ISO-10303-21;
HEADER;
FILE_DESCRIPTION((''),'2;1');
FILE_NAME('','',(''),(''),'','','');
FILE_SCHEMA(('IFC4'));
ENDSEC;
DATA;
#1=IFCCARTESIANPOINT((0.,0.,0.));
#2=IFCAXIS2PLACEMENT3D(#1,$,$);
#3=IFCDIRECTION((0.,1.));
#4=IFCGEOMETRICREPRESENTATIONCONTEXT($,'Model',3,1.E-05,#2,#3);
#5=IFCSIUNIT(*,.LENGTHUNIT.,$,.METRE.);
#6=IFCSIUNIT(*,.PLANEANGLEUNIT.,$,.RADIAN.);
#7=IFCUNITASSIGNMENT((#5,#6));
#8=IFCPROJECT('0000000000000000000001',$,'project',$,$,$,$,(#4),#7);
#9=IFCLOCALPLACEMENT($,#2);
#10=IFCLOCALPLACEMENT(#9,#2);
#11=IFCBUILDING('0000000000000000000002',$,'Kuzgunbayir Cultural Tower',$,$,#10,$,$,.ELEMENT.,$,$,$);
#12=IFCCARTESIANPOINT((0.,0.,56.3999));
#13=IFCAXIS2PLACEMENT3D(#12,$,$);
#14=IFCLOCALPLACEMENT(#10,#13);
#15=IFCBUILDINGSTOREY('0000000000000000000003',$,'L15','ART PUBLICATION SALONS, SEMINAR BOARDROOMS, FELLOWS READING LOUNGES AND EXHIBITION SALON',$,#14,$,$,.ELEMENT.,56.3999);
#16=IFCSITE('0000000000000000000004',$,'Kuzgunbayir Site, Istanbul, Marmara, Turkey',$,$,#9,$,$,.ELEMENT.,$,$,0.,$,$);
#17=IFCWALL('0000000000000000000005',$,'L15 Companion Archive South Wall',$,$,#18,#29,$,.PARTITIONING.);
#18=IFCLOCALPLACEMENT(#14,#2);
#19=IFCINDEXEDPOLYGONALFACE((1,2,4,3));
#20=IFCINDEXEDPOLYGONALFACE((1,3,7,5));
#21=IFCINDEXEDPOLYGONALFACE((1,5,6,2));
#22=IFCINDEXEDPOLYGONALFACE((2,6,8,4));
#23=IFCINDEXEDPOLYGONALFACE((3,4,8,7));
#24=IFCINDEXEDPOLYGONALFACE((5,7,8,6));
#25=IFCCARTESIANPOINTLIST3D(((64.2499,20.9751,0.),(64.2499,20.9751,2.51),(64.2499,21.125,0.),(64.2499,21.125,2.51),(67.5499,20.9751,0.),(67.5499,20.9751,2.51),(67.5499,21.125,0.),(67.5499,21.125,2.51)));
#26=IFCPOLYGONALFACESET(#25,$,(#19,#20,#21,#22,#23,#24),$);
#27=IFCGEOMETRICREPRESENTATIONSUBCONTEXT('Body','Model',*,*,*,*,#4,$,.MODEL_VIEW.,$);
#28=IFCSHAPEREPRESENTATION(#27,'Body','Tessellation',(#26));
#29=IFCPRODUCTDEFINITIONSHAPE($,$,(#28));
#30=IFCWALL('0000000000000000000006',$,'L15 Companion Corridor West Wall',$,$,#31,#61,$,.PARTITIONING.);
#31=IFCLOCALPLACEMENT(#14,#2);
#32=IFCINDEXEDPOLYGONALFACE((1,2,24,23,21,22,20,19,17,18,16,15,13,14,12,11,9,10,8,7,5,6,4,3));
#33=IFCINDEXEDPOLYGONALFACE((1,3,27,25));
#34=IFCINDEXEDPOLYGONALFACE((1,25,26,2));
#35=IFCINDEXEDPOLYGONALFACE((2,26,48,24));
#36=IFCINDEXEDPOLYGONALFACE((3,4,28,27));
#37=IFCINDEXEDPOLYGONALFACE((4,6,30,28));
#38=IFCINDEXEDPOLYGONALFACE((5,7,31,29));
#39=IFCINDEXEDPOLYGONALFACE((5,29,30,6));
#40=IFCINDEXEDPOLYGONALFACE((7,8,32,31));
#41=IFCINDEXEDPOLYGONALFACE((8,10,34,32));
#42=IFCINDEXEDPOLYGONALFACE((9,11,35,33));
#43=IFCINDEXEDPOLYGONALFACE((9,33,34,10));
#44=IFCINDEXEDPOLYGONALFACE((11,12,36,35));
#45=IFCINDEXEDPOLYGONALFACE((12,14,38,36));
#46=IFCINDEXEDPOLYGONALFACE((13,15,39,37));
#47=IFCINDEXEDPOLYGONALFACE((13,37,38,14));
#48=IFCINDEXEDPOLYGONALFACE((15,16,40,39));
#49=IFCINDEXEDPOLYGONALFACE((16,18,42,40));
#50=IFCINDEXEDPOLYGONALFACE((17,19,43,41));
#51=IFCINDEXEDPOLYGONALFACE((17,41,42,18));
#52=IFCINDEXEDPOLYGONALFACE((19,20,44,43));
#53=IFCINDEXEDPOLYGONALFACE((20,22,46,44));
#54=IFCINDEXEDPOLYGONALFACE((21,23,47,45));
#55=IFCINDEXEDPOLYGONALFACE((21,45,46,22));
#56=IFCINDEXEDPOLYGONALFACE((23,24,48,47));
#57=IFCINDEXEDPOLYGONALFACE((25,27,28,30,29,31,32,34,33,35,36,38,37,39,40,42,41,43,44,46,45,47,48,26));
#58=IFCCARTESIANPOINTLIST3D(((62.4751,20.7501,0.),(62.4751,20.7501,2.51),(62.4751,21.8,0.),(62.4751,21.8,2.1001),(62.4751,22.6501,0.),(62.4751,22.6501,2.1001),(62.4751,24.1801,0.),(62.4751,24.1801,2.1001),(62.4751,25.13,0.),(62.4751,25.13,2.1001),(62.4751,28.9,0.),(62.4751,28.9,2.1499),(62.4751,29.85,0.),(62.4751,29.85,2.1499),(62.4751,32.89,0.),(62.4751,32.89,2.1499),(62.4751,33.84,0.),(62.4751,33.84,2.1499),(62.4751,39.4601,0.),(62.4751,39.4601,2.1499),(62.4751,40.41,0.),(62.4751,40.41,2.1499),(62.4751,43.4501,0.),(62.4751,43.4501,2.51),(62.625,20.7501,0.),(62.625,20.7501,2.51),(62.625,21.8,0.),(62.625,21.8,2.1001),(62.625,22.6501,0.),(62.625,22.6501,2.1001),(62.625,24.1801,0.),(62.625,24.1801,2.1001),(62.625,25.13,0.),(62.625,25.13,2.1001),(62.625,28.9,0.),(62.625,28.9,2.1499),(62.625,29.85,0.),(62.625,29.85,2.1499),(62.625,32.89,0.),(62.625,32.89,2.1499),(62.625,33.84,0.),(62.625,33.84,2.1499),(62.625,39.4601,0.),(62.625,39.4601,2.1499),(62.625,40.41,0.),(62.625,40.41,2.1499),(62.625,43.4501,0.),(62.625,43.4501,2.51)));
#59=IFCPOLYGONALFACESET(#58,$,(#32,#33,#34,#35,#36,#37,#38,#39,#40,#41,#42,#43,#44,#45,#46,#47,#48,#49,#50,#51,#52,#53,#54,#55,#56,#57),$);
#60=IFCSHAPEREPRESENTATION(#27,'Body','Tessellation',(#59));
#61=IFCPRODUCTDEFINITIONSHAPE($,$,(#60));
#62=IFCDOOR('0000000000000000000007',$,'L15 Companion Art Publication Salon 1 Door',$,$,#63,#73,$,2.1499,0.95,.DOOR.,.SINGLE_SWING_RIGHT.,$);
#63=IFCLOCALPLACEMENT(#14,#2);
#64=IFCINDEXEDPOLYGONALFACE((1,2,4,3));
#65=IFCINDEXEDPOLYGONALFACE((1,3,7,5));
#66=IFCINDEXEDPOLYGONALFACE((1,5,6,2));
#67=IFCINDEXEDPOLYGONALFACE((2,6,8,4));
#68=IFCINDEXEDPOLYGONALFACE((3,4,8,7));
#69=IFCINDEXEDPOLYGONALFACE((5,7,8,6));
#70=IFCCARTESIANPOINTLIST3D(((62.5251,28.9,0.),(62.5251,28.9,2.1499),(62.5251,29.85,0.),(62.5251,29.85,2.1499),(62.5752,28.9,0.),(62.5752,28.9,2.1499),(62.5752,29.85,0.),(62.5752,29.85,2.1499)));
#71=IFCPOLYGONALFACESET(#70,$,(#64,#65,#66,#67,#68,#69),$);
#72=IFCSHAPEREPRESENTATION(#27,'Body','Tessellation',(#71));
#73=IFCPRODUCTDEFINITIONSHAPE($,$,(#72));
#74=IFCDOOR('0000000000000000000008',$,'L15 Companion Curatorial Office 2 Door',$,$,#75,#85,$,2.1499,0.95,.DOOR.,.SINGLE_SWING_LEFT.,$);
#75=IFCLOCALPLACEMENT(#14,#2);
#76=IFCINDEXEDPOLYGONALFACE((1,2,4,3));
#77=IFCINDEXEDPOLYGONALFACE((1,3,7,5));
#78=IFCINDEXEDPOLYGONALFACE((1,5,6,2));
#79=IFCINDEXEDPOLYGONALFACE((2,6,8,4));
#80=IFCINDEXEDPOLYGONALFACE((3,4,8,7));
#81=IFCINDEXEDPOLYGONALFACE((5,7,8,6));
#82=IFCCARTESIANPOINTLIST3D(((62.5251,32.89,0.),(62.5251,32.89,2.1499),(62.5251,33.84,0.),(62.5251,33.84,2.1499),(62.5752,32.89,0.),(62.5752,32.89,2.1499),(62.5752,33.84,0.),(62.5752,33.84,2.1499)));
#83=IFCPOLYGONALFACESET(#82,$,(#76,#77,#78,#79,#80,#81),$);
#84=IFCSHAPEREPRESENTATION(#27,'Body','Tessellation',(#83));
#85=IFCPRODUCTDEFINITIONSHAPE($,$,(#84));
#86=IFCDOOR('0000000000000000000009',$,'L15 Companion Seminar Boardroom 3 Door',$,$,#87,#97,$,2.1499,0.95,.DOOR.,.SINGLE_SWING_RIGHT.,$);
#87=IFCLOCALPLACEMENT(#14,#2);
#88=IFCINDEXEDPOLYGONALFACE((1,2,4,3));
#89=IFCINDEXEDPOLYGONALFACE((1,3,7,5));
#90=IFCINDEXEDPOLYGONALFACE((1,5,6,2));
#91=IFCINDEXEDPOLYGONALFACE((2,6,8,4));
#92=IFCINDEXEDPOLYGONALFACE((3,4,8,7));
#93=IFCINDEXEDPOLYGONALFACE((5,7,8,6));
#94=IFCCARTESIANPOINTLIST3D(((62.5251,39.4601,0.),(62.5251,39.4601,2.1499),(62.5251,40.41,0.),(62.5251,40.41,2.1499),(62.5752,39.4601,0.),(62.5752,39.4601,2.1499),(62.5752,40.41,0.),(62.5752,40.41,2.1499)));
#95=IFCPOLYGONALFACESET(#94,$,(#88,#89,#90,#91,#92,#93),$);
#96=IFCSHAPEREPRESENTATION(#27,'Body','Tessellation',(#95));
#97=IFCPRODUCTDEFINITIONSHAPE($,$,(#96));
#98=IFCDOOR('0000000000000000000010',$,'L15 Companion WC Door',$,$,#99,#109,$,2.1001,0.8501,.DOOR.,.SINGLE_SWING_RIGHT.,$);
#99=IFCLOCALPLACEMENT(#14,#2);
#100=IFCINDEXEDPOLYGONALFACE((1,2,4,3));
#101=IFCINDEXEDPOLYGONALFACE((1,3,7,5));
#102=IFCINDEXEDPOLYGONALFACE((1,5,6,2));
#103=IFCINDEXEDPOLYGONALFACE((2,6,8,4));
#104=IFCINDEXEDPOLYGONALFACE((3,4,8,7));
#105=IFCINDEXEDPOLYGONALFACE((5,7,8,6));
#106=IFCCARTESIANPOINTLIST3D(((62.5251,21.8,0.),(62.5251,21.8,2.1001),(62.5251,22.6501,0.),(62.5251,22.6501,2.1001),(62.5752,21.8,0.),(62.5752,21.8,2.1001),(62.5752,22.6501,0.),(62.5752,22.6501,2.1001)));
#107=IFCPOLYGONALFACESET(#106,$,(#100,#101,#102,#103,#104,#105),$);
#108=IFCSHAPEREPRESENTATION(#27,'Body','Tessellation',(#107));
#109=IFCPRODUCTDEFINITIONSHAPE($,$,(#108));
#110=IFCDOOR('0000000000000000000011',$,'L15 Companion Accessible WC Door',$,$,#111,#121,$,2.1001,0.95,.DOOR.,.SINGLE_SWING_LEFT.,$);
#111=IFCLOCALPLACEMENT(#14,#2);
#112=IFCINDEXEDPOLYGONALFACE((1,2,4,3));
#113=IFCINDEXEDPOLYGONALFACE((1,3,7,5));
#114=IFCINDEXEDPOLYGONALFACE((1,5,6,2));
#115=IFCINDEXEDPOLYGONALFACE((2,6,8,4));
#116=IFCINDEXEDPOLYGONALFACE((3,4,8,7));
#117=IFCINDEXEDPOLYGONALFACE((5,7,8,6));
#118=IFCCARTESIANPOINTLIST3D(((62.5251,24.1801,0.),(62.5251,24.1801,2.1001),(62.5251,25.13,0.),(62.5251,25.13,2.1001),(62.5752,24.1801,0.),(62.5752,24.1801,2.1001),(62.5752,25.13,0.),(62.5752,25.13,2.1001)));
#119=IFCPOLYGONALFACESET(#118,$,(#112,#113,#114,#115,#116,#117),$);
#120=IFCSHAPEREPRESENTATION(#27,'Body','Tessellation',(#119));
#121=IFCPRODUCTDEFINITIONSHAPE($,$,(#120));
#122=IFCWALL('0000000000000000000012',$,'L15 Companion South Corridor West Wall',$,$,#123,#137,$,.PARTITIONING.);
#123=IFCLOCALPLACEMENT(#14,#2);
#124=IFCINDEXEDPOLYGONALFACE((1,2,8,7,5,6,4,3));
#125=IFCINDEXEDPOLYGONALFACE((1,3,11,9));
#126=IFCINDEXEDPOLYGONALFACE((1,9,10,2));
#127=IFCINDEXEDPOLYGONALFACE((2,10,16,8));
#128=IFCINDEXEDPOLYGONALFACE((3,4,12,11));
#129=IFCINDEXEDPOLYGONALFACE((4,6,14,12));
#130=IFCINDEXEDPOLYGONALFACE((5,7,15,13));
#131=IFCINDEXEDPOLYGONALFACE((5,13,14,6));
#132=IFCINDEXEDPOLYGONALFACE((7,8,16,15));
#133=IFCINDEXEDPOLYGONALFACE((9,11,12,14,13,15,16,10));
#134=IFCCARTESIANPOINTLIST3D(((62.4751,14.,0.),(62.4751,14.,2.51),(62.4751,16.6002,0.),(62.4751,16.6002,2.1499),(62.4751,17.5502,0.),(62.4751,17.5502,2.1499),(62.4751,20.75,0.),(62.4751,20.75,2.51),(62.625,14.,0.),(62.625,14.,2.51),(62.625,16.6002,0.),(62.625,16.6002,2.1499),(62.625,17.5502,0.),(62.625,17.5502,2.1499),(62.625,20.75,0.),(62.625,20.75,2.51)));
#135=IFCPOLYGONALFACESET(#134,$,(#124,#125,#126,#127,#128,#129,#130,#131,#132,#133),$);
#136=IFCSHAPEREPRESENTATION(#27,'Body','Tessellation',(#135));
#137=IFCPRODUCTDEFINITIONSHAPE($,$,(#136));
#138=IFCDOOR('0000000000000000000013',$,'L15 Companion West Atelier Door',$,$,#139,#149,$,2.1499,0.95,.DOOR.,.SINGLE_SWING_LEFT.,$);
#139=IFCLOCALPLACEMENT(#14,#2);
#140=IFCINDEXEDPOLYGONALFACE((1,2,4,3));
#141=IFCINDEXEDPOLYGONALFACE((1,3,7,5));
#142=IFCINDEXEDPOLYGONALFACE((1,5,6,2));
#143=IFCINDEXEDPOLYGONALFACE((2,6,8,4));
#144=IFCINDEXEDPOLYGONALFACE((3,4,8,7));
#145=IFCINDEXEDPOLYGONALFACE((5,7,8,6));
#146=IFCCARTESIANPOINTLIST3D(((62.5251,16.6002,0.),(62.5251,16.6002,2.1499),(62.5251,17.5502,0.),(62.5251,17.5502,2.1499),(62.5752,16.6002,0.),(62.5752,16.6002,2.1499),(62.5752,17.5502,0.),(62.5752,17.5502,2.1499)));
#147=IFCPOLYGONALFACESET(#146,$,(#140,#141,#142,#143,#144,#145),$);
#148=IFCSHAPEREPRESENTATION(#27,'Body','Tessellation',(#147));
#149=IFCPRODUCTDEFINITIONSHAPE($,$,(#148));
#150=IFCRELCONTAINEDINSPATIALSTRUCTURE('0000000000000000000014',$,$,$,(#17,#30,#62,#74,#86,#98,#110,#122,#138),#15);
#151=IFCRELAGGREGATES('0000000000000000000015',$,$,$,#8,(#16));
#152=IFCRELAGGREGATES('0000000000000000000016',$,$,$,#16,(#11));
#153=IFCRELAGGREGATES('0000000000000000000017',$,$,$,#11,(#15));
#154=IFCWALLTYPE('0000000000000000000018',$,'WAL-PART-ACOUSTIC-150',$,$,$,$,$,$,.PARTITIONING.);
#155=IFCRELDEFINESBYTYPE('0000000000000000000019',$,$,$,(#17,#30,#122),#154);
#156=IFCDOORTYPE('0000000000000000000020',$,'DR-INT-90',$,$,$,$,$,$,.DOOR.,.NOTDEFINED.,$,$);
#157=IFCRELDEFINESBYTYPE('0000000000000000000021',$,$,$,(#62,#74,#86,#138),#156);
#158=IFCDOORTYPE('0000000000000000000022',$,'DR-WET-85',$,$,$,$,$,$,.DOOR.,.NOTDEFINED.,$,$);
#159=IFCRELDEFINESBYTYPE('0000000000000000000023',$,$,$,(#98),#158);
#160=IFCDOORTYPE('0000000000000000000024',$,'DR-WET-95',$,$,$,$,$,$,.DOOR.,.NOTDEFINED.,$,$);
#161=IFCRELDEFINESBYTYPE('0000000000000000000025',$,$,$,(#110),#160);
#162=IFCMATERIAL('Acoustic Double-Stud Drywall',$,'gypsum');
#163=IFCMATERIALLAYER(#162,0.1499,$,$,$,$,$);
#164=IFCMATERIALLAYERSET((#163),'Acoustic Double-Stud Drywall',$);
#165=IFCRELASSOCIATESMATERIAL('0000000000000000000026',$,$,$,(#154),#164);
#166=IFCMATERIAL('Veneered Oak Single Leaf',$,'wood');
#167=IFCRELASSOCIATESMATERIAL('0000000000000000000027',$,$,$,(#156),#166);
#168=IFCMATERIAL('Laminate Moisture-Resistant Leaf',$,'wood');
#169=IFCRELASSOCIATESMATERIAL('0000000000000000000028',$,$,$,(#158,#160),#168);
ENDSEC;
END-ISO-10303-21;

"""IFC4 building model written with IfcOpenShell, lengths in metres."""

from ifc_helpers import new_model, si_unit, direction, frame, frame_2d, origin, place, context, subcontext, project, spatial, rectangle, extrude, material, layer, layer_set, type_object, element, fill, save


model = new_model("IFC4")

# Units and contexts
model_context = context("Model", 3, precision=1e-05, world=origin(), true_north=direction((0.0, 1.0)))
body_context = subcontext(model_context, "Body", "Model", "MODEL_VIEW")
ifc_project = project(units=[si_unit("LENGTHUNIT", "METRE"), si_unit("PLANEANGLEUNIT", "RADIAN")], contexts=[model_context])

# Site, building, storey
site_placement = place(None, origin())
site = spatial("IfcSite", under=ifc_project, at=site_placement, Name="Kuzgunbayir Site, Istanbul, Marmara, Turkey", CompositionType="ELEMENT", RefElevation=0.0)
building_placement = place(site_placement, origin())
building = spatial("IfcBuilding", under=site, at=building_placement, Name="Kuzgunbayir Cultural Tower", CompositionType="ELEMENT")
storey_placement = place(building_placement, frame((0.0, 0.0, 56.3999)))
storey = spatial("IfcBuildingStorey", under=building, at=storey_placement, Name="L15", Description="ART PUBLICATION SALONS, SEMINAR BOARDROOMS, FELLOWS READING LOUNGES AND EXHIBITION SALON", CompositionType="ELEMENT", Elevation=56.3999)

# Shared definitions
ifc_material_1 = material(Name="Acoustic Double-Stud Drywall", Category="gypsum")
ifc_layer_1 = layer(ifc_material_1, 0.1499)
ifc_layer_set_1 = layer_set([ifc_layer_1], Name="Acoustic Double-Stud Drywall")
wall_type_1 = type_object("IfcWallType", Name="WAL-PART-ACOUSTIC-150", PredefinedType="PARTITIONING", material=ifc_layer_set_1)
ifc_material_2 = material(Name="Veneered Oak Single Leaf", Category="wood")
door_type_1 = type_object("IfcDoorType", Name="DR-INT-90", OperationType="NOTDEFINED", PredefinedType="DOOR", material=ifc_material_2)

# Wall
wall_1_placement = place(storey_placement, frame((64.25, 21.05, 0.0), z_axis=(0.0, 0.0, 1.0), x_axis=(1.0, 0.0, 0.0)))
element("IfcWall", 1, at=wall_1_placement, inside=storey, type_object=wall_type_1, Name="L15 Companion Archive South Wall", PredefinedType="PARTITIONING", context=body_context, shape_type="SweptSolid", body=[
    extrude(rectangle(XDim=3.3, YDim=0.1499, at=frame_2d((1.6499, 0.0))), origin(), (0.0, 0.0, 1.0), 2.51),
])

# Wall, openings, doors
wall_2_placement = place(storey_placement, frame((62.55, 20.75, 0.0), z_axis=(0.0, 0.0, 1.0), x_axis=(0.0, 1.0, 0.0)))
wall_2 = element("IfcWall", 2, at=wall_2_placement, inside=storey, type_object=wall_type_1, Name="L15 Companion Corridor West Wall", PredefinedType="PARTITIONING", context=body_context, shape_type="SweptSolid", body=[
    extrude(rectangle(XDim=22.7, YDim=0.1499, at=frame_2d((11.3501, 0.0))), origin(), (0.0, 0.0, 1.0), 2.51),
])
opening_1_placement = place(wall_2_placement, frame((1.05, 0.0, 0.0)))
opening_1 = element("IfcOpeningElement", 3, at=opening_1_placement, cuts=wall_2, PredefinedType="OPENING", context=body_context, shape_type="SweptSolid", body=[
    extrude(rectangle(XDim=0.8501, YDim=2.1001, at=frame_2d((0.425, 1.05))), frame((0.0, 0.085, 0.0), z_axis=(0.0, -1.0, 0.0), x_axis=(1.0, 0.0, 0.0)), (0.0, 0.0, 1.0), 0.1699),
])
opening_2_placement = place(wall_2_placement, frame((3.4299, 0.0, 0.0)))
opening_2 = element("IfcOpeningElement", 4, at=opening_2_placement, cuts=wall_2, PredefinedType="OPENING", context=body_context, shape_type="SweptSolid", body=[
    extrude(rectangle(XDim=0.95, YDim=2.1001, at=frame_2d((0.4751, 1.05))), frame((0.0, 0.085, 0.0), z_axis=(0.0, -1.0, 0.0), x_axis=(1.0, 0.0, 0.0)), (0.0, 0.0, 1.0), 0.1699),
])
opening_3_placement = place(wall_2_placement, frame((8.1499, 0.0, 0.0)))
opening_3 = element("IfcOpeningElement", 5, at=opening_3_placement, cuts=wall_2, PredefinedType="OPENING", context=body_context, shape_type="SweptSolid", body=[
    extrude(rectangle(XDim=0.95, YDim=2.1499, at=frame_2d((0.4751, 1.075))), frame((0.0, 0.085, 0.0), z_axis=(0.0, -1.0, 0.0), x_axis=(1.0, 0.0, 0.0)), (0.0, 0.0, 1.0), 0.1699),
])
opening_4_placement = place(wall_2_placement, frame((12.1399, 0.0, 0.0)))
opening_4 = element("IfcOpeningElement", 6, at=opening_4_placement, cuts=wall_2, PredefinedType="OPENING", context=body_context, shape_type="SweptSolid", body=[
    extrude(rectangle(XDim=0.95, YDim=2.1499, at=frame_2d((0.4751, 1.075))), frame((0.0, 0.085, 0.0), z_axis=(0.0, -1.0, 0.0), x_axis=(1.0, 0.0, 0.0)), (0.0, 0.0, 1.0), 0.1699),
])
opening_5_placement = place(wall_2_placement, frame((18.71, 0.0, 0.0)))
opening_5 = element("IfcOpeningElement", 7, at=opening_5_placement, cuts=wall_2, PredefinedType="OPENING", context=body_context, shape_type="SweptSolid", body=[
    extrude(rectangle(XDim=0.95, YDim=2.1499, at=frame_2d((0.4751, 1.075))), frame((0.0, 0.085, 0.0), z_axis=(0.0, -1.0, 0.0), x_axis=(1.0, 0.0, 0.0)), (0.0, 0.0, 1.0), 0.1699),
])
door_1_placement = place(opening_3_placement, origin())
door_1 = element("IfcDoor", 8, at=door_1_placement, inside=storey, type_object=door_type_1, Name="L15 Companion Art Publication Salon 1 Door", OperationType="SINGLE_SWING_RIGHT", OverallHeight=2.1499, OverallWidth=0.95, PredefinedType="DOOR", context=body_context, shape_type="SweptSolid", body=[
    extrude(rectangle(XDim=0.95, YDim=2.1499, at=frame_2d((0.4751, 1.075))), frame((0.0, 0.0249, 0.0), z_axis=(0.0, -1.0, 0.0), x_axis=(1.0, 0.0, 0.0)), (0.0, 0.0, 1.0), 0.05),
])
fill(opening_3, door_1)
door_2_placement = place(opening_4_placement, origin())
door_2 = element("IfcDoor", 9, at=door_2_placement, inside=storey, type_object=door_type_1, Name="L15 Companion Curatorial Office 2 Door", OperationType="SINGLE_SWING_LEFT", OverallHeight=2.1499, OverallWidth=0.95, PredefinedType="DOOR", context=body_context, shape_type="SweptSolid", body=[
    extrude(rectangle(XDim=0.95, YDim=2.1499, at=frame_2d((0.4751, 1.075))), frame((0.0, 0.0249, 0.0), z_axis=(0.0, -1.0, 0.0), x_axis=(1.0, 0.0, 0.0)), (0.0, 0.0, 1.0), 0.05),
])
fill(opening_4, door_2)
door_3_placement = place(opening_5_placement, origin())
door_3 = element("IfcDoor", 10, at=door_3_placement, inside=storey, type_object=door_type_1, Name="L15 Companion Seminar Boardroom 3 Door", OperationType="SINGLE_SWING_RIGHT", OverallHeight=2.1499, OverallWidth=0.95, PredefinedType="DOOR", context=body_context, shape_type="SweptSolid", body=[
    extrude(rectangle(XDim=0.95, YDim=2.1499, at=frame_2d((0.4751, 1.075))), frame((0.0, 0.0249, 0.0), z_axis=(0.0, -1.0, 0.0), x_axis=(1.0, 0.0, 0.0)), (0.0, 0.0, 1.0), 0.05),
])
fill(opening_5, door_3)
ifc_material_3 = material(Name="Laminate Moisture-Resistant Leaf", Category="wood")
door_type_2 = type_object("IfcDoorType", Name="DR-WET-85", OperationType="NOTDEFINED", PredefinedType="DOOR", material=ifc_material_3)
door_4_placement = place(opening_1_placement, origin())
door_4 = element("IfcDoor", 11, at=door_4_placement, inside=storey, type_object=door_type_2, Name="L15 Companion WC Door", OperationType="SINGLE_SWING_RIGHT", OverallHeight=2.1001, OverallWidth=0.8501, PredefinedType="DOOR", context=body_context, shape_type="SweptSolid", body=[
    extrude(rectangle(XDim=0.8501, YDim=2.1001, at=frame_2d((0.425, 1.05))), frame((0.0, 0.0249, 0.0), z_axis=(0.0, -1.0, 0.0), x_axis=(1.0, 0.0, 0.0)), (0.0, 0.0, 1.0), 0.05),
])
fill(opening_1, door_4)
door_type_3 = type_object("IfcDoorType", Name="DR-WET-95", OperationType="NOTDEFINED", PredefinedType="DOOR", material=ifc_material_3)
door_5_placement = place(opening_2_placement, origin())
door_5 = element("IfcDoor", 12, at=door_5_placement, inside=storey, type_object=door_type_3, Name="L15 Companion Accessible WC Door", OperationType="SINGLE_SWING_LEFT", OverallHeight=2.1001, OverallWidth=0.95, PredefinedType="DOOR", context=body_context, shape_type="SweptSolid", body=[
    extrude(rectangle(XDim=0.95, YDim=2.1001, at=frame_2d((0.4751, 1.05))), frame((0.0, 0.0249, 0.0), z_axis=(0.0, -1.0, 0.0), x_axis=(1.0, 0.0, 0.0)), (0.0, 0.0, 1.0), 0.05),
])
fill(opening_2, door_5)

# Wall, opening, door
wall_3_placement = place(storey_placement, frame((62.55, 14.0, 0.0), z_axis=(0.0, 0.0, 1.0), x_axis=(0.0, 1.0, 0.0)))
wall_3 = element("IfcWall", 13, at=wall_3_placement, inside=storey, type_object=wall_type_1, Name="L15 Companion South Corridor West Wall", PredefinedType="PARTITIONING", context=body_context, shape_type="SweptSolid", body=[
    extrude(rectangle(XDim=6.75, YDim=0.1499, at=frame_2d((3.375, 0.0))), origin(), (0.0, 0.0, 1.0), 2.51),
])
opening_6_placement = place(wall_3_placement, frame((2.6001, 0.0, 0.0)))
opening_6 = element("IfcOpeningElement", 14, at=opening_6_placement, cuts=wall_3, PredefinedType="OPENING", context=body_context, shape_type="SweptSolid", body=[
    extrude(rectangle(XDim=0.95, YDim=2.1499, at=frame_2d((0.4751, 1.075))), frame((0.0, 0.085, 0.0), z_axis=(0.0, -1.0, 0.0), x_axis=(1.0, 0.0, 0.0)), (0.0, 0.0, 1.0), 0.1699),
])
door_6_placement = place(opening_6_placement, origin())
door_6 = element("IfcDoor", 15, at=door_6_placement, inside=storey, type_object=door_type_1, Name="L15 Companion West Atelier Door", OperationType="SINGLE_SWING_LEFT", OverallHeight=2.1499, OverallWidth=0.95, PredefinedType="DOOR", context=body_context, shape_type="SweptSolid", body=[
    extrude(rectangle(XDim=0.95, YDim=2.1499, at=frame_2d((0.4751, 1.075))), frame((0.0, 0.0249, 0.0), z_axis=(0.0, -1.0, 0.0), x_axis=(1.0, 0.0, 0.0)), (0.0, 0.0, 1.0), 0.05),
])
fill(opening_6, door_6)

save(model, "model.ifc")
